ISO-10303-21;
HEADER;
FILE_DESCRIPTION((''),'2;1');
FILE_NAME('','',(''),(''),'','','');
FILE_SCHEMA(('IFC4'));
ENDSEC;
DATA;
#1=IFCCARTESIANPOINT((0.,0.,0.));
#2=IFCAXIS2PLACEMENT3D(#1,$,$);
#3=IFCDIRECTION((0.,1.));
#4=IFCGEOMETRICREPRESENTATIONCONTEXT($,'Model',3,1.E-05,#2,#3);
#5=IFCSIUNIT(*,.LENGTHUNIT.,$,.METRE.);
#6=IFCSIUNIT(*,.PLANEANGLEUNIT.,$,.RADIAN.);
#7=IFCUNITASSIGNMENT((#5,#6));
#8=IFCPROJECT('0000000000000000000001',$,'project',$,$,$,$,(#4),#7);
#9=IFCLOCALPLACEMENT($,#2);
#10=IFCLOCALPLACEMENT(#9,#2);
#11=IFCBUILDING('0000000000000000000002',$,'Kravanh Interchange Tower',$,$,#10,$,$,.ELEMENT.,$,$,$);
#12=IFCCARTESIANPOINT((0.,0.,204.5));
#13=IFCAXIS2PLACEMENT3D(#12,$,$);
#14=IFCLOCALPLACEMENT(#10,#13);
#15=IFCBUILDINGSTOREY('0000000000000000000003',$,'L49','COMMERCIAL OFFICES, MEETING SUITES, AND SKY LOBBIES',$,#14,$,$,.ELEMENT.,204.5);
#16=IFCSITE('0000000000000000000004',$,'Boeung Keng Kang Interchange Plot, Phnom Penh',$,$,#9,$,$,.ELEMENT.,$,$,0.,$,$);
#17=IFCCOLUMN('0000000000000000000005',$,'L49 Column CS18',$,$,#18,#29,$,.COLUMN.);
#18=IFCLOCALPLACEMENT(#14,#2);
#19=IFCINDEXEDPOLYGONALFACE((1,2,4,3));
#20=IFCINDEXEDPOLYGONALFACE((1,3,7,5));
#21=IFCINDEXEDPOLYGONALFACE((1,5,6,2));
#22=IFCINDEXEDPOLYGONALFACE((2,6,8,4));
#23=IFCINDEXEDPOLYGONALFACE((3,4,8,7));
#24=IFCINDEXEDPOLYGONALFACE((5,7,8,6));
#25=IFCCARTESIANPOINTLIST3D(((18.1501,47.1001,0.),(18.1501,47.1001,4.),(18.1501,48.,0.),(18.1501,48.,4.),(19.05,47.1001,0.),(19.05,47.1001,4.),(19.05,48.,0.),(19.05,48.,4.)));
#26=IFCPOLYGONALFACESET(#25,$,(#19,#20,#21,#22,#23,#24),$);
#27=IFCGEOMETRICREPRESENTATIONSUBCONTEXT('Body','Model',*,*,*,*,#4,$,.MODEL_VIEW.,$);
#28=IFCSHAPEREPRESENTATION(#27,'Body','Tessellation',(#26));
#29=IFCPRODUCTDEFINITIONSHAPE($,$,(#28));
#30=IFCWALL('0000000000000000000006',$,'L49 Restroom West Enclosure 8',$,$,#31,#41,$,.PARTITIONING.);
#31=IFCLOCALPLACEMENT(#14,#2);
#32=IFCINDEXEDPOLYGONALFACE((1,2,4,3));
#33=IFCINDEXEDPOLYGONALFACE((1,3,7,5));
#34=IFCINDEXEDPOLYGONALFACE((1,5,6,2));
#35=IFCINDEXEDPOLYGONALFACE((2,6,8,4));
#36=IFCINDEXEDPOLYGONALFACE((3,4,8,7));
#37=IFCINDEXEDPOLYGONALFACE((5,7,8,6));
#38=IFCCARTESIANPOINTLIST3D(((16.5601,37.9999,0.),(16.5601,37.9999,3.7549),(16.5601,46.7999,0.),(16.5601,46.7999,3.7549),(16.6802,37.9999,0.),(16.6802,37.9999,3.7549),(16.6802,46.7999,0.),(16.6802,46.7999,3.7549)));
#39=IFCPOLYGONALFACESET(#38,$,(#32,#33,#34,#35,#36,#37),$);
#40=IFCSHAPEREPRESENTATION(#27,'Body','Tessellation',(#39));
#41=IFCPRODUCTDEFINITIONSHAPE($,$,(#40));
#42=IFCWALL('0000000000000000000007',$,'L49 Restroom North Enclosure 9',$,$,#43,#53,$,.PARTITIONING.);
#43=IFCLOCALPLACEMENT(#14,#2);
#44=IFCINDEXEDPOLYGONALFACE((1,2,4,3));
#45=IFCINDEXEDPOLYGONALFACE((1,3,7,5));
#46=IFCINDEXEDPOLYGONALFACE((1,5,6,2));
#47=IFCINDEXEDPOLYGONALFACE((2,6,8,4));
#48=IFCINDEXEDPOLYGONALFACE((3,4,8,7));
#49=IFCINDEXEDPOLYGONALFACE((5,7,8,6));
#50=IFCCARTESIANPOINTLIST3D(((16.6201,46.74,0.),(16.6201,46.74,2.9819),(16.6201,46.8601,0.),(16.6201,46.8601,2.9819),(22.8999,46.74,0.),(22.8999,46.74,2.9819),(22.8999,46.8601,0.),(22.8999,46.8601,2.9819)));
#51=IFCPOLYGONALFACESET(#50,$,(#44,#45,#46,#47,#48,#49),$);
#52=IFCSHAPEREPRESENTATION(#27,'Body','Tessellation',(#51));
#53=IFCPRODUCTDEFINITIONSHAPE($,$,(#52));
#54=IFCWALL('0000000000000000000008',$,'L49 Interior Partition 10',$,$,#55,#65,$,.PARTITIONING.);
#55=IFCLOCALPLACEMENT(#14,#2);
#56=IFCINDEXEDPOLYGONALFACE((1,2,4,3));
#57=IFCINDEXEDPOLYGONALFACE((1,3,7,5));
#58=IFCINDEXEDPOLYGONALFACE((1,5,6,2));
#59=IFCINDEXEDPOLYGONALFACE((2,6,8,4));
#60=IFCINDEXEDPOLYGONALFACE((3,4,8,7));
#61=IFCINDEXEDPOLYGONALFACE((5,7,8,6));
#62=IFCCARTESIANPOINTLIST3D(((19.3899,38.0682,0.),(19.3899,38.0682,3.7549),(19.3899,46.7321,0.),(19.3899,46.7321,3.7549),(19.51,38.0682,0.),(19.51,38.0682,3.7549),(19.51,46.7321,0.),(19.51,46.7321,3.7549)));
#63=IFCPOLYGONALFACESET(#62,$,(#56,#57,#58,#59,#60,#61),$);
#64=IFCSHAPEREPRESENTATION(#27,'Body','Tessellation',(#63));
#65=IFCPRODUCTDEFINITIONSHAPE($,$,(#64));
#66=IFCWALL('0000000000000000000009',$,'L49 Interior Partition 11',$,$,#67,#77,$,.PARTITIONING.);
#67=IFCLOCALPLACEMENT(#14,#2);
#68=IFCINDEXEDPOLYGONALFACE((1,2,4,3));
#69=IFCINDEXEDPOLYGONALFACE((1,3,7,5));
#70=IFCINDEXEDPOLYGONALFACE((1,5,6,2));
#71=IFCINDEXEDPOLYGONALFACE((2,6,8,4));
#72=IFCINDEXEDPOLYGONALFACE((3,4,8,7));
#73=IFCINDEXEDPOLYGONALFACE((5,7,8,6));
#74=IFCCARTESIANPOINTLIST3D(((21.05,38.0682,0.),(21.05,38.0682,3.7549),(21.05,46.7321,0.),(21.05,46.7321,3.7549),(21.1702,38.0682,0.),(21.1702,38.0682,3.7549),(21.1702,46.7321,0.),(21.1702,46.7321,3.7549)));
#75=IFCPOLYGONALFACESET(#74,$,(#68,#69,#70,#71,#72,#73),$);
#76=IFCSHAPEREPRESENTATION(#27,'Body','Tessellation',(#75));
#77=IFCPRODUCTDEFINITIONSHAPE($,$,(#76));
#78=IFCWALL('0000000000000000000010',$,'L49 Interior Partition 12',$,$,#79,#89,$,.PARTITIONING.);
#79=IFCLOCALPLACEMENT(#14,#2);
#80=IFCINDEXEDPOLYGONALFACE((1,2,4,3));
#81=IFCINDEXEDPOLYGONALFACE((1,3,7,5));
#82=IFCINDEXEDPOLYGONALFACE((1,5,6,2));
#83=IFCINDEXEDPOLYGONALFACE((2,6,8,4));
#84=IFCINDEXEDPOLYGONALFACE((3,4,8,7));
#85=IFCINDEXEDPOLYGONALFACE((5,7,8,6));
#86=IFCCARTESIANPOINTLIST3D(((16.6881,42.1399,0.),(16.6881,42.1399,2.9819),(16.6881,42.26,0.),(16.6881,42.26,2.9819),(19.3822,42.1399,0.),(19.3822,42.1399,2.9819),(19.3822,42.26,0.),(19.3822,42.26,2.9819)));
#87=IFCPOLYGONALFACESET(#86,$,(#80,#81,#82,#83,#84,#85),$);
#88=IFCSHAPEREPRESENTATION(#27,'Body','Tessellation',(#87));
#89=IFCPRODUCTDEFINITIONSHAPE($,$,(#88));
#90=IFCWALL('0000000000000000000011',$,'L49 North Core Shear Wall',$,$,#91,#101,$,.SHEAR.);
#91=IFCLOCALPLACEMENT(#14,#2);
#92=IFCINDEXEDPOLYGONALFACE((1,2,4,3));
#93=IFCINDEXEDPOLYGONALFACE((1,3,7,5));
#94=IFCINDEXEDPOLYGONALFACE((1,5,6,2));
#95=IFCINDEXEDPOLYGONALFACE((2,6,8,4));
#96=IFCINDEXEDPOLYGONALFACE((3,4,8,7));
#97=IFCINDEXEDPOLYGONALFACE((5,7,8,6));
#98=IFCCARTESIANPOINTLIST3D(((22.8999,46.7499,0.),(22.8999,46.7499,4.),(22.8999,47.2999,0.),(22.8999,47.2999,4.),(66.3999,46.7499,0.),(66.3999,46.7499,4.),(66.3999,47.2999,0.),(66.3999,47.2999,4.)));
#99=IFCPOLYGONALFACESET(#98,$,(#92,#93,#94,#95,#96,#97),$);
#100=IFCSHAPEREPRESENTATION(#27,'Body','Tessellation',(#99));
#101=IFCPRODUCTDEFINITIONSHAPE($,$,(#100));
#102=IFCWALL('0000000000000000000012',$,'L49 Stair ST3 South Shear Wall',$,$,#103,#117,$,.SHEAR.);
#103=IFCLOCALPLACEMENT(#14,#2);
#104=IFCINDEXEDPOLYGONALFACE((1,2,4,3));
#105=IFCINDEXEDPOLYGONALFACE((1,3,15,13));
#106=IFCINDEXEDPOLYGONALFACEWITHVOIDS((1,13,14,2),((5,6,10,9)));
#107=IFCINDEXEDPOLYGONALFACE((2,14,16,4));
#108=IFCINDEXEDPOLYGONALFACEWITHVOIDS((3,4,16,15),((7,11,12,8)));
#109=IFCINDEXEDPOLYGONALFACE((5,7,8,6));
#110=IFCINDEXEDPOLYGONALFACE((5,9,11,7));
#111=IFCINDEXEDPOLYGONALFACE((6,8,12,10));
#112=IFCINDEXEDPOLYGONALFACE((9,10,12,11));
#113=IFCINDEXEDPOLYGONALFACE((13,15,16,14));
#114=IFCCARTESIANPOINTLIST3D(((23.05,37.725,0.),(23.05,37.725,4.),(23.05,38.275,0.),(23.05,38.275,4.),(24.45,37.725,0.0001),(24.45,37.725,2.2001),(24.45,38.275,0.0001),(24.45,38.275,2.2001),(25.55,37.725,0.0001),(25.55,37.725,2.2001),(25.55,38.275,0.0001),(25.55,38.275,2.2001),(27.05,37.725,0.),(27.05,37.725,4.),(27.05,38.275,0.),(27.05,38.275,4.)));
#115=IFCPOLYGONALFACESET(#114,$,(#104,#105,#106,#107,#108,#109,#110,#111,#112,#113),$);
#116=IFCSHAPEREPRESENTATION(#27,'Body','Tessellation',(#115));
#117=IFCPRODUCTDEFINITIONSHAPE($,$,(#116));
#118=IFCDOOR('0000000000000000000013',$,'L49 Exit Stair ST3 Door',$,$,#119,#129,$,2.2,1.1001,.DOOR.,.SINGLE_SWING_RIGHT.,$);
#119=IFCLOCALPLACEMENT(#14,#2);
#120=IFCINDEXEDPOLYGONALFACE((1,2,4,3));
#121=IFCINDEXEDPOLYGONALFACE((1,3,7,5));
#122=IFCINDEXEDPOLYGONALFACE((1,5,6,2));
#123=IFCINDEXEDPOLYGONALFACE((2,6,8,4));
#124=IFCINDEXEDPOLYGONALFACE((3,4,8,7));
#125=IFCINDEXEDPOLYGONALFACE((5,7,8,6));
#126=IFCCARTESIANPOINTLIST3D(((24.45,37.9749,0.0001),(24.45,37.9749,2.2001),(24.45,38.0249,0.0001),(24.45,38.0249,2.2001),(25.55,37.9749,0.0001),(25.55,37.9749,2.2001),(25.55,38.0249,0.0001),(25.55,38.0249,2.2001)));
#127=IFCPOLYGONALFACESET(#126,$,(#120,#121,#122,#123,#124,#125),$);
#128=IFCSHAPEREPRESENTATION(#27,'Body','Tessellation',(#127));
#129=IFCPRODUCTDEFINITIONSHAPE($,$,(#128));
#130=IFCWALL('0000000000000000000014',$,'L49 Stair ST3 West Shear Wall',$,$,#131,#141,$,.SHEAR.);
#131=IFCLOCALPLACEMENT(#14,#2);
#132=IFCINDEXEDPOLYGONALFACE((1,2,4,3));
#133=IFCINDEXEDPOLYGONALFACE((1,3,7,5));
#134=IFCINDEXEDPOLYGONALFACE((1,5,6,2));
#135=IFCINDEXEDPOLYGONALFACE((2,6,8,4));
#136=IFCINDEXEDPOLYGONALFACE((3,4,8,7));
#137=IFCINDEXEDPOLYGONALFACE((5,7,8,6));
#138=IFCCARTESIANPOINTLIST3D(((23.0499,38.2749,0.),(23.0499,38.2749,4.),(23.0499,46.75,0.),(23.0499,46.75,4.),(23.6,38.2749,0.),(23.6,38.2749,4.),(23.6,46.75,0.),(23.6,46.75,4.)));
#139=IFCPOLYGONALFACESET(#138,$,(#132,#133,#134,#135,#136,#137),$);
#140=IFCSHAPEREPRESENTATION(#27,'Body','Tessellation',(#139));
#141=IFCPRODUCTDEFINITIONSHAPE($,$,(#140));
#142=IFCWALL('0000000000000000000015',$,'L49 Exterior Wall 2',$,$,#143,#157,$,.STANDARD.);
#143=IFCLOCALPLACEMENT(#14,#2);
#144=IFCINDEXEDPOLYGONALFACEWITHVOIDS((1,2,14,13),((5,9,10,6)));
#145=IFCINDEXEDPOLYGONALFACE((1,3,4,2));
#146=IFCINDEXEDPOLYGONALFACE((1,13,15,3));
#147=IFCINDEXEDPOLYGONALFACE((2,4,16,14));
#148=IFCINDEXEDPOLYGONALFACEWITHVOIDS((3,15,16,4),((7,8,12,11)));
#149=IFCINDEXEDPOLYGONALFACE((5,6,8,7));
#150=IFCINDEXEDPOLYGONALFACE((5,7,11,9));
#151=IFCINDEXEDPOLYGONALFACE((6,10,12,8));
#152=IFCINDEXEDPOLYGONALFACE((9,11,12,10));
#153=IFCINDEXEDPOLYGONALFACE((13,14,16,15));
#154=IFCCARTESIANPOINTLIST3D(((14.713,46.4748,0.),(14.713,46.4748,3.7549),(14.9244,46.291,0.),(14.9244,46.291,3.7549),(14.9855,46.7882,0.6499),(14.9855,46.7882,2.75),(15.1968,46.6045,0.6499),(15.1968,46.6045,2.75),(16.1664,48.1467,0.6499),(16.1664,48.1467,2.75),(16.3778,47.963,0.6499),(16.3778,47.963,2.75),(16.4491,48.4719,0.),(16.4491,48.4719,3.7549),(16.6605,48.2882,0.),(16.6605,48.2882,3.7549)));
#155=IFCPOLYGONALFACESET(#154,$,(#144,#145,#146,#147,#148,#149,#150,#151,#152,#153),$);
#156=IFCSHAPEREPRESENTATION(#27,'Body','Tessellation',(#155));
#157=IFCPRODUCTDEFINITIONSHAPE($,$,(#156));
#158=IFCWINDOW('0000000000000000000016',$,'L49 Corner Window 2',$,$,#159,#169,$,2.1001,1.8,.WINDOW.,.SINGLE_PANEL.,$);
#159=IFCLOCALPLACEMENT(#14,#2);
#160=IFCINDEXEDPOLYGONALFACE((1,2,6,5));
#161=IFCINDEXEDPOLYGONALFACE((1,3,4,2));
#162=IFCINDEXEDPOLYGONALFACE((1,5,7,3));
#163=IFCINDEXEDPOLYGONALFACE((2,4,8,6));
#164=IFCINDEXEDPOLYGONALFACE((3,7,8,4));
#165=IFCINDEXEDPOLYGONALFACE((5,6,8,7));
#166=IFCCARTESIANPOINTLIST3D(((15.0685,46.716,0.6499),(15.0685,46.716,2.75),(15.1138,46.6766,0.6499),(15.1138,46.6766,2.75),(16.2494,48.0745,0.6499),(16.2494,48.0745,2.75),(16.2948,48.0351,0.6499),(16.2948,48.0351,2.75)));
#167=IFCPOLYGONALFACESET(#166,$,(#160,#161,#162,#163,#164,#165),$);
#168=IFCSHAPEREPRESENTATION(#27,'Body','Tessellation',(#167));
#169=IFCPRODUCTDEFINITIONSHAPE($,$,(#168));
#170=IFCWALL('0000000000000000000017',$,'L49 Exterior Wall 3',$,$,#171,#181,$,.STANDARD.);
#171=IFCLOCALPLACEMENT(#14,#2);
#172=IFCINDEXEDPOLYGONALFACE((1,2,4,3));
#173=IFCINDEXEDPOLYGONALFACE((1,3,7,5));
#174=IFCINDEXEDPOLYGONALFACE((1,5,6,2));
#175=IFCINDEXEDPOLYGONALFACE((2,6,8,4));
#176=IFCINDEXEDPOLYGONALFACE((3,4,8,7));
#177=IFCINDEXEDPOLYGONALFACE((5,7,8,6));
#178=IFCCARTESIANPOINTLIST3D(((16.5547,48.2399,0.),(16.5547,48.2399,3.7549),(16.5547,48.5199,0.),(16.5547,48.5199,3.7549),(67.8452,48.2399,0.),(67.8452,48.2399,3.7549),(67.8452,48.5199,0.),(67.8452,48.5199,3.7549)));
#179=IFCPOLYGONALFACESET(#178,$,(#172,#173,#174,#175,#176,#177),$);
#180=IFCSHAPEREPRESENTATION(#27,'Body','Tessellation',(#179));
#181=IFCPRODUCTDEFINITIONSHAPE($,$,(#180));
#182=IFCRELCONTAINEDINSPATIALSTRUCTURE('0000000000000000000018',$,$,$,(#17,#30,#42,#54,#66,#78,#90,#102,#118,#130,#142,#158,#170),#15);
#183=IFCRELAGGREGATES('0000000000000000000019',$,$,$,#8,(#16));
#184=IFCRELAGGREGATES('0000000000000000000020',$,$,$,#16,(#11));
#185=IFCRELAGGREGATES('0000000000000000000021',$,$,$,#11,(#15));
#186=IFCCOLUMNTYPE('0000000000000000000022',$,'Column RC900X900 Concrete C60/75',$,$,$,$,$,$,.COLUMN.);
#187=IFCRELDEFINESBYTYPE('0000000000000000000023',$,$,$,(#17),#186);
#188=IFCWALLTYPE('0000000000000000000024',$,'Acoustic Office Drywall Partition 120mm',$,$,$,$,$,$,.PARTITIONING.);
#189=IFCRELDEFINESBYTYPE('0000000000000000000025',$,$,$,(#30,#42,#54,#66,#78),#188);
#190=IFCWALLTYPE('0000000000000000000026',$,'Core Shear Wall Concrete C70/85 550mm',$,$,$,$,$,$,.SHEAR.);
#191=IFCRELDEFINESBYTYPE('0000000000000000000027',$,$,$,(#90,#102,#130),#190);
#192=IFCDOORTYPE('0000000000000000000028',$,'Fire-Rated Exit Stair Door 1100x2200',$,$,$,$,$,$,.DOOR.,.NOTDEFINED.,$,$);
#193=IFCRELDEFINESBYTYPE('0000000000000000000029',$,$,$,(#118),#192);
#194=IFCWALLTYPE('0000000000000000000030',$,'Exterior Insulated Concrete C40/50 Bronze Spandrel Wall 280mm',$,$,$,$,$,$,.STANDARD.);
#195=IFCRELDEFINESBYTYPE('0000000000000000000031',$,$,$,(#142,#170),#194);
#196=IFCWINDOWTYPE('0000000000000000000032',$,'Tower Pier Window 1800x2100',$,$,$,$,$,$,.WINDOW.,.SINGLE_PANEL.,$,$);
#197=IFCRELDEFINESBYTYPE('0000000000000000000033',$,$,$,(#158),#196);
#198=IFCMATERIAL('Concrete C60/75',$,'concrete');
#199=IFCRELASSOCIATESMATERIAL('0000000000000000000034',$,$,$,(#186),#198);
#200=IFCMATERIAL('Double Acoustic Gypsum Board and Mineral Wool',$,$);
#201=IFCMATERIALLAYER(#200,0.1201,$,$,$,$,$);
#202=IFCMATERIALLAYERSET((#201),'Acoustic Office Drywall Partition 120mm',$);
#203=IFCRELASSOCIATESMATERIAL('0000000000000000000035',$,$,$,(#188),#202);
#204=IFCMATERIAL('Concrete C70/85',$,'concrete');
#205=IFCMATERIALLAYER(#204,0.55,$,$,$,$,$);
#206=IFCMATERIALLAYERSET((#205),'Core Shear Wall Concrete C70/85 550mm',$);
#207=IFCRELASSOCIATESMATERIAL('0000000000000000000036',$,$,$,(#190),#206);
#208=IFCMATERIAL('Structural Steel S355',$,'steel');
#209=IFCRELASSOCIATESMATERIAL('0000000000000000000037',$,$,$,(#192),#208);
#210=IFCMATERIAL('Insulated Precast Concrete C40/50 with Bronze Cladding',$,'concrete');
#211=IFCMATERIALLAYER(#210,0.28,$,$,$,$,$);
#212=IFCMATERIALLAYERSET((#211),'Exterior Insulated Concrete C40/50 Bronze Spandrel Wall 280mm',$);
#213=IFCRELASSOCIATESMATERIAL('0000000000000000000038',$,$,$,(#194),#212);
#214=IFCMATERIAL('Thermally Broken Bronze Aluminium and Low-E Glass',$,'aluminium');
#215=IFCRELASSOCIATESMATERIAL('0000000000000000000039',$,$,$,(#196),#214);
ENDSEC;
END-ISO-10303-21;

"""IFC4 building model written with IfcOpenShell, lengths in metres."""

from ifc_helpers import new_model, si_unit, direction, frame, frame_2d, origin, origin_2d, place, context, subcontext, project, spatial, rectangle, extrude, material, layer, layer_set, material_profile, profile_set, type_object, element, fill, save


model = new_model("IFC4")

# Units and contexts
model_context = context("Model", 3, precision=1e-05, world=origin(), true_north=direction((0.0, 1.0)))
body_context = subcontext(model_context, "Body", "Model", "MODEL_VIEW")
ifc_project = project(units=[si_unit("LENGTHUNIT", "METRE"), si_unit("PLANEANGLEUNIT", "RADIAN")], contexts=[model_context])

# Site, building, storey
site_placement = place(None, origin())
site = spatial("IfcSite", under=ifc_project, at=site_placement, Name="Boeung Keng Kang Interchange Plot, Phnom Penh", CompositionType="ELEMENT", RefElevation=0.0)
building_placement = place(site_placement, origin())
building = spatial("IfcBuilding", under=site, at=building_placement, Name="Kravanh Interchange Tower", CompositionType="ELEMENT")
storey_placement = place(building_placement, frame((0.0, 0.0, 204.5)))
storey = spatial("IfcBuildingStorey", under=building, at=storey_placement, Name="L49", Description="COMMERCIAL OFFICES, MEETING SUITES, AND SKY LOBBIES", CompositionType="ELEMENT", Elevation=204.5)

# Column
ifc_material_1 = material(Name="Concrete C60/75", Category="concrete")
ifc_material_profile = material_profile(ifc_material_1, rectangle(XDim=0.8999, YDim=0.8999, at=origin_2d()), Name="RC900X900")
ifc_profile_set = profile_set([ifc_material_profile], Name="Concrete C60/75")
column_type = type_object("IfcColumnType", Name="Column RC900X900 Concrete C60/75", PredefinedType="COLUMN", material=ifc_profile_set)
column_placement = place(storey_placement, frame((18.6001, 47.55, 0.0), z_axis=(0.0, 0.0, 1.0), x_axis=(1.0, 0.0, 0.0)))
element("IfcColumn", 1, at=column_placement, inside=storey, type_object=column_type, Name="L49 Column CS18", PredefinedType="COLUMN", context=body_context, shape_type="SweptSolid", body=[
    extrude(rectangle(XDim=0.8999, YDim=0.8999, at=origin_2d()), origin(), (0.0, 0.0, 1.0), 4.0),
])

# Shared definitions
ifc_material_2 = material(Name="Double Acoustic Gypsum Board and Mineral Wool")
ifc_layer_1 = layer(ifc_material_2, 0.1201)
ifc_layer_set_1 = layer_set([ifc_layer_1], Name="Acoustic Office Drywall Partition 120mm")
wall_type_1 = type_object("IfcWallType", Name="Acoustic Office Drywall Partition 120mm", PredefinedType="PARTITIONING", material=ifc_layer_set_1)

# Walls
wall_1_placement = place(storey_placement, frame((16.6201, 38.0, 0.0), z_axis=(0.0, 0.0, 1.0), x_axis=(0.0, 1.0, 0.0)))
element("IfcWall", 2, at=wall_1_placement, inside=storey, type_object=wall_type_1, Name="L49 Restroom West Enclosure 8", PredefinedType="PARTITIONING", context=body_context, shape_type="SweptSolid", body=[
    extrude(rectangle(XDim=8.8, YDim=0.1201, at=frame_2d((4.3999, 0.0))), origin(), (0.0, 0.0, 1.0), 3.7549),
])
wall_2_placement = place(storey_placement, frame((16.6201, 46.8, 0.0), z_axis=(0.0, 0.0, 1.0), x_axis=(1.0, 0.0, 0.0)))
element("IfcWall", 3, at=wall_2_placement, inside=storey, type_object=wall_type_1, Name="L49 Restroom North Enclosure 9", PredefinedType="PARTITIONING", context=body_context, shape_type="SweptSolid", body=[
    extrude(rectangle(XDim=6.2798, YDim=0.1201, at=frame_2d((3.1399, 0.0))), origin(), (0.0, 0.0, 1.0), 2.9819),
])
for number, where, z_axis, x_axis, name in (
    (4, (19.45, 38.0681, 0.0), (0.0, 0.0, 1.0), (0.0, 1.0, 0.0), "L49 Interior Partition 10"),
    (5, (21.1101, 38.0681, 0.0), (0.0, 0.0, 1.0), (0.0, 1.0, 0.0), "L49 Interior Partition 11"),
):
    element("IfcWall", number, at=place(storey_placement, frame(where, z_axis=z_axis, x_axis=x_axis)), inside=storey, type_object=wall_type_1, Name=name, PredefinedType="PARTITIONING", context=body_context, shape_type="SweptSolid", body=[
        extrude(rectangle(XDim=8.6638, YDim=0.1201, at=frame_2d((4.332, 0.0))), origin(), (0.0, 0.0, 1.0), 3.7549),
    ])
wall_3_placement = place(storey_placement, frame((16.688, 42.2, 0.0), z_axis=(0.0, 0.0, 1.0), x_axis=(1.0, 0.0, 0.0)))
element("IfcWall", 6, at=wall_3_placement, inside=storey, type_object=wall_type_1, Name="L49 Interior Partition 12", PredefinedType="PARTITIONING", context=body_context, shape_type="SweptSolid", body=[
    extrude(rectangle(XDim=2.6941, YDim=0.1201, at=frame_2d((1.3472, 0.0))), origin(), (0.0, 0.0, 1.0), 2.9819),
])
ifc_material_3 = material(Name="Concrete C70/85", Category="concrete")
ifc_layer_2 = layer(ifc_material_3, 0.55)
ifc_layer_set_2 = layer_set([ifc_layer_2], Name="Core Shear Wall Concrete C70/85 550mm")
wall_type_2 = type_object("IfcWallType", Name="Core Shear Wall Concrete C70/85 550mm", PredefinedType="SHEAR", material=ifc_layer_set_2)
wall_4_placement = place(storey_placement, frame((22.8999, 47.0249, 0.0), z_axis=(0.0, 0.0, 1.0), x_axis=(1.0, 0.0, 0.0)))
element("IfcWall", 7, at=wall_4_placement, inside=storey, type_object=wall_type_2, Name="L49 North Core Shear Wall", PredefinedType="SHEAR", context=body_context, shape_type="SweptSolid", body=[
    extrude(rectangle(XDim=43.5, YDim=0.55, at=frame_2d((21.75, 0.0))), origin(), (0.0, 0.0, 1.0), 4.0),
])

# Wall, opening, door
wall_5_placement = place(storey_placement, frame((23.05, 38.0, 0.0), z_axis=(0.0, 0.0, 1.0), x_axis=(1.0, 0.0, 0.0)))
wall_5 = element("IfcWall", 8, at=wall_5_placement, inside=storey, type_object=wall_type_2, Name="L49 Stair ST3 South Shear Wall", PredefinedType="SHEAR", context=body_context, shape_type="SweptSolid", body=[
    extrude(rectangle(XDim=4.0, YDim=0.55, at=frame_2d((2.0, 0.0))), origin(), (0.0, 0.0, 1.0), 4.0),
])
opening_1_placement = place(wall_5_placement, frame((1.3999, 0.0, 0.0)))
opening_1 = element("IfcOpeningElement", 9, at=opening_1_placement, cuts=wall_5, PredefinedType="OPENING", context=body_context, shape_type="SweptSolid", body=[
    extrude(rectangle(XDim=1.1001, YDim=2.2, at=frame_2d((0.55, 1.1001))), frame((0.0, 0.2852, 0.0), z_axis=(0.0, -1.0, 0.0), x_axis=(1.0, 0.0, 0.0)), (0.0, 0.0, 1.0), 0.5701),
])
ifc_material_4 = material(Name="Structural Steel S355", Category="steel")
door_type_1 = type_object("IfcDoorType", Name="Fire-Rated Exit Stair Door 1100x2200", OperationType="NOTDEFINED", PredefinedType="DOOR", material=ifc_material_4)
door_1_placement = place(opening_1_placement, origin())
door_1 = element("IfcDoor", 10, at=door_1_placement, inside=storey, type_object=door_type_1, Name="L49 Exit Stair ST3 Door", OperationType="SINGLE_SWING_RIGHT", OverallHeight=2.2, OverallWidth=1.1001, PredefinedType="DOOR", context=body_context, shape_type="SweptSolid", body=[
    extrude(rectangle(XDim=1.1001, YDim=2.2, at=frame_2d((0.55, 1.1001))), frame((0.0, 0.0249, 0.0), z_axis=(0.0, -1.0, 0.0), x_axis=(1.0, 0.0, 0.0)), (0.0, 0.0, 1.0), 0.05),
])
fill(opening_1, door_1)

# Wall
wall_6_placement = place(storey_placement, frame((23.325, 38.2749, 0.0), z_axis=(0.0, 0.0, 1.0), x_axis=(0.0, 1.0, 0.0)))
element("IfcWall", 11, at=wall_6_placement, inside=storey, type_object=wall_type_2, Name="L49 Stair ST3 West Shear Wall", PredefinedType="SHEAR", context=body_context, shape_type="SweptSolid", body=[
    extrude(rectangle(XDim=8.4751, YDim=0.55, at=frame_2d((4.2375, 0.0))), origin(), (0.0, 0.0, 1.0), 4.0),
])

# Wall, opening, window
ifc_material_5 = material(Name="Insulated Precast Concrete C40/50 with Bronze Cladding", Category="concrete")
ifc_layer_3 = layer(ifc_material_5, 0.28)
ifc_layer_set_3 = layer_set([ifc_layer_3], Name="Exterior Insulated Concrete C40/50 Bronze Spandrel Wall 280mm")
wall_type_3 = type_object("IfcWallType", Name="Exterior Insulated Concrete C40/50 Bronze Spandrel Wall 280mm", PredefinedType="STANDARD", material=ifc_layer_set_3)
wall_7_placement = place(storey_placement, frame((14.8186, 46.3828, 0.0), z_axis=(0.0, 0.0, 1.0), x_axis=(0.656071, 0.754699, 0.0)))
wall_7 = element("IfcWall", 12, at=wall_7_placement, inside=storey, type_object=wall_type_3, Name="L49 Exterior Wall 2", PredefinedType="STANDARD", context=body_context, shape_type="SweptSolid", body=[
    extrude(rectangle(XDim=2.6462, YDim=0.28, at=frame_2d((1.3232, 0.0))), origin(), (0.0, 0.0, 1.0), 3.7549),
])
opening_2_placement = place(wall_7_placement, frame((0.4155, 0.0, 0.6499)))
opening_2 = element("IfcOpeningElement", 13, at=opening_2_placement, cuts=wall_7, PredefinedType="OPENING", context=body_context, shape_type="SweptSolid", body=[
    extrude(rectangle(XDim=1.8, YDim=2.1001, at=frame_2d((0.8999, 1.05))), frame((0.0, 0.1499, 0.0), z_axis=(0.0, -1.0, 0.0), x_axis=(1.0, 0.0, 0.0)), (0.0, 0.0, 1.0), 0.3),
])
ifc_material_6 = material(Name="Thermally Broken Bronze Aluminium and Low-E Glass", Category="aluminium")
window_type = type_object("IfcWindowType", Name="Tower Pier Window 1800x2100", PartitioningType="SINGLE_PANEL", PredefinedType="WINDOW", material=ifc_material_6)
window_placement = place(opening_2_placement, origin())
window = element("IfcWindow", 14, at=window_placement, inside=storey, type_object=window_type, Name="L49 Corner Window 2", OverallHeight=2.1001, OverallWidth=1.8, PartitioningType="SINGLE_PANEL", PredefinedType="WINDOW", context=body_context, shape_type="SweptSolid", body=[
    extrude(rectangle(XDim=1.8, YDim=2.1001, at=frame_2d((0.8999, 1.05))), frame((0.0, 0.03, 0.0), z_axis=(0.0, -1.0, 0.0), x_axis=(1.0, 0.0, 0.0)), (0.0, 0.0, 1.0), 0.0601),
])
fill(opening_2, window)

# Wall
wall_8_placement = place(storey_placement, frame((16.5547, 48.3799, 0.0), z_axis=(0.0, 0.0, 1.0), x_axis=(1.0, 0.0, 0.0)))
element("IfcWall", 15, at=wall_8_placement, inside=storey, type_object=wall_type_3, Name="L49 Exterior Wall 3", PredefinedType="STANDARD", context=body_context, shape_type="SweptSolid", body=[
    extrude(rectangle(XDim=51.2905, YDim=0.28, at=frame_2d((25.6453, 0.0))), origin(), (0.0, 0.0, 1.0), 3.7549),
])

save(model, "model.ifc")
